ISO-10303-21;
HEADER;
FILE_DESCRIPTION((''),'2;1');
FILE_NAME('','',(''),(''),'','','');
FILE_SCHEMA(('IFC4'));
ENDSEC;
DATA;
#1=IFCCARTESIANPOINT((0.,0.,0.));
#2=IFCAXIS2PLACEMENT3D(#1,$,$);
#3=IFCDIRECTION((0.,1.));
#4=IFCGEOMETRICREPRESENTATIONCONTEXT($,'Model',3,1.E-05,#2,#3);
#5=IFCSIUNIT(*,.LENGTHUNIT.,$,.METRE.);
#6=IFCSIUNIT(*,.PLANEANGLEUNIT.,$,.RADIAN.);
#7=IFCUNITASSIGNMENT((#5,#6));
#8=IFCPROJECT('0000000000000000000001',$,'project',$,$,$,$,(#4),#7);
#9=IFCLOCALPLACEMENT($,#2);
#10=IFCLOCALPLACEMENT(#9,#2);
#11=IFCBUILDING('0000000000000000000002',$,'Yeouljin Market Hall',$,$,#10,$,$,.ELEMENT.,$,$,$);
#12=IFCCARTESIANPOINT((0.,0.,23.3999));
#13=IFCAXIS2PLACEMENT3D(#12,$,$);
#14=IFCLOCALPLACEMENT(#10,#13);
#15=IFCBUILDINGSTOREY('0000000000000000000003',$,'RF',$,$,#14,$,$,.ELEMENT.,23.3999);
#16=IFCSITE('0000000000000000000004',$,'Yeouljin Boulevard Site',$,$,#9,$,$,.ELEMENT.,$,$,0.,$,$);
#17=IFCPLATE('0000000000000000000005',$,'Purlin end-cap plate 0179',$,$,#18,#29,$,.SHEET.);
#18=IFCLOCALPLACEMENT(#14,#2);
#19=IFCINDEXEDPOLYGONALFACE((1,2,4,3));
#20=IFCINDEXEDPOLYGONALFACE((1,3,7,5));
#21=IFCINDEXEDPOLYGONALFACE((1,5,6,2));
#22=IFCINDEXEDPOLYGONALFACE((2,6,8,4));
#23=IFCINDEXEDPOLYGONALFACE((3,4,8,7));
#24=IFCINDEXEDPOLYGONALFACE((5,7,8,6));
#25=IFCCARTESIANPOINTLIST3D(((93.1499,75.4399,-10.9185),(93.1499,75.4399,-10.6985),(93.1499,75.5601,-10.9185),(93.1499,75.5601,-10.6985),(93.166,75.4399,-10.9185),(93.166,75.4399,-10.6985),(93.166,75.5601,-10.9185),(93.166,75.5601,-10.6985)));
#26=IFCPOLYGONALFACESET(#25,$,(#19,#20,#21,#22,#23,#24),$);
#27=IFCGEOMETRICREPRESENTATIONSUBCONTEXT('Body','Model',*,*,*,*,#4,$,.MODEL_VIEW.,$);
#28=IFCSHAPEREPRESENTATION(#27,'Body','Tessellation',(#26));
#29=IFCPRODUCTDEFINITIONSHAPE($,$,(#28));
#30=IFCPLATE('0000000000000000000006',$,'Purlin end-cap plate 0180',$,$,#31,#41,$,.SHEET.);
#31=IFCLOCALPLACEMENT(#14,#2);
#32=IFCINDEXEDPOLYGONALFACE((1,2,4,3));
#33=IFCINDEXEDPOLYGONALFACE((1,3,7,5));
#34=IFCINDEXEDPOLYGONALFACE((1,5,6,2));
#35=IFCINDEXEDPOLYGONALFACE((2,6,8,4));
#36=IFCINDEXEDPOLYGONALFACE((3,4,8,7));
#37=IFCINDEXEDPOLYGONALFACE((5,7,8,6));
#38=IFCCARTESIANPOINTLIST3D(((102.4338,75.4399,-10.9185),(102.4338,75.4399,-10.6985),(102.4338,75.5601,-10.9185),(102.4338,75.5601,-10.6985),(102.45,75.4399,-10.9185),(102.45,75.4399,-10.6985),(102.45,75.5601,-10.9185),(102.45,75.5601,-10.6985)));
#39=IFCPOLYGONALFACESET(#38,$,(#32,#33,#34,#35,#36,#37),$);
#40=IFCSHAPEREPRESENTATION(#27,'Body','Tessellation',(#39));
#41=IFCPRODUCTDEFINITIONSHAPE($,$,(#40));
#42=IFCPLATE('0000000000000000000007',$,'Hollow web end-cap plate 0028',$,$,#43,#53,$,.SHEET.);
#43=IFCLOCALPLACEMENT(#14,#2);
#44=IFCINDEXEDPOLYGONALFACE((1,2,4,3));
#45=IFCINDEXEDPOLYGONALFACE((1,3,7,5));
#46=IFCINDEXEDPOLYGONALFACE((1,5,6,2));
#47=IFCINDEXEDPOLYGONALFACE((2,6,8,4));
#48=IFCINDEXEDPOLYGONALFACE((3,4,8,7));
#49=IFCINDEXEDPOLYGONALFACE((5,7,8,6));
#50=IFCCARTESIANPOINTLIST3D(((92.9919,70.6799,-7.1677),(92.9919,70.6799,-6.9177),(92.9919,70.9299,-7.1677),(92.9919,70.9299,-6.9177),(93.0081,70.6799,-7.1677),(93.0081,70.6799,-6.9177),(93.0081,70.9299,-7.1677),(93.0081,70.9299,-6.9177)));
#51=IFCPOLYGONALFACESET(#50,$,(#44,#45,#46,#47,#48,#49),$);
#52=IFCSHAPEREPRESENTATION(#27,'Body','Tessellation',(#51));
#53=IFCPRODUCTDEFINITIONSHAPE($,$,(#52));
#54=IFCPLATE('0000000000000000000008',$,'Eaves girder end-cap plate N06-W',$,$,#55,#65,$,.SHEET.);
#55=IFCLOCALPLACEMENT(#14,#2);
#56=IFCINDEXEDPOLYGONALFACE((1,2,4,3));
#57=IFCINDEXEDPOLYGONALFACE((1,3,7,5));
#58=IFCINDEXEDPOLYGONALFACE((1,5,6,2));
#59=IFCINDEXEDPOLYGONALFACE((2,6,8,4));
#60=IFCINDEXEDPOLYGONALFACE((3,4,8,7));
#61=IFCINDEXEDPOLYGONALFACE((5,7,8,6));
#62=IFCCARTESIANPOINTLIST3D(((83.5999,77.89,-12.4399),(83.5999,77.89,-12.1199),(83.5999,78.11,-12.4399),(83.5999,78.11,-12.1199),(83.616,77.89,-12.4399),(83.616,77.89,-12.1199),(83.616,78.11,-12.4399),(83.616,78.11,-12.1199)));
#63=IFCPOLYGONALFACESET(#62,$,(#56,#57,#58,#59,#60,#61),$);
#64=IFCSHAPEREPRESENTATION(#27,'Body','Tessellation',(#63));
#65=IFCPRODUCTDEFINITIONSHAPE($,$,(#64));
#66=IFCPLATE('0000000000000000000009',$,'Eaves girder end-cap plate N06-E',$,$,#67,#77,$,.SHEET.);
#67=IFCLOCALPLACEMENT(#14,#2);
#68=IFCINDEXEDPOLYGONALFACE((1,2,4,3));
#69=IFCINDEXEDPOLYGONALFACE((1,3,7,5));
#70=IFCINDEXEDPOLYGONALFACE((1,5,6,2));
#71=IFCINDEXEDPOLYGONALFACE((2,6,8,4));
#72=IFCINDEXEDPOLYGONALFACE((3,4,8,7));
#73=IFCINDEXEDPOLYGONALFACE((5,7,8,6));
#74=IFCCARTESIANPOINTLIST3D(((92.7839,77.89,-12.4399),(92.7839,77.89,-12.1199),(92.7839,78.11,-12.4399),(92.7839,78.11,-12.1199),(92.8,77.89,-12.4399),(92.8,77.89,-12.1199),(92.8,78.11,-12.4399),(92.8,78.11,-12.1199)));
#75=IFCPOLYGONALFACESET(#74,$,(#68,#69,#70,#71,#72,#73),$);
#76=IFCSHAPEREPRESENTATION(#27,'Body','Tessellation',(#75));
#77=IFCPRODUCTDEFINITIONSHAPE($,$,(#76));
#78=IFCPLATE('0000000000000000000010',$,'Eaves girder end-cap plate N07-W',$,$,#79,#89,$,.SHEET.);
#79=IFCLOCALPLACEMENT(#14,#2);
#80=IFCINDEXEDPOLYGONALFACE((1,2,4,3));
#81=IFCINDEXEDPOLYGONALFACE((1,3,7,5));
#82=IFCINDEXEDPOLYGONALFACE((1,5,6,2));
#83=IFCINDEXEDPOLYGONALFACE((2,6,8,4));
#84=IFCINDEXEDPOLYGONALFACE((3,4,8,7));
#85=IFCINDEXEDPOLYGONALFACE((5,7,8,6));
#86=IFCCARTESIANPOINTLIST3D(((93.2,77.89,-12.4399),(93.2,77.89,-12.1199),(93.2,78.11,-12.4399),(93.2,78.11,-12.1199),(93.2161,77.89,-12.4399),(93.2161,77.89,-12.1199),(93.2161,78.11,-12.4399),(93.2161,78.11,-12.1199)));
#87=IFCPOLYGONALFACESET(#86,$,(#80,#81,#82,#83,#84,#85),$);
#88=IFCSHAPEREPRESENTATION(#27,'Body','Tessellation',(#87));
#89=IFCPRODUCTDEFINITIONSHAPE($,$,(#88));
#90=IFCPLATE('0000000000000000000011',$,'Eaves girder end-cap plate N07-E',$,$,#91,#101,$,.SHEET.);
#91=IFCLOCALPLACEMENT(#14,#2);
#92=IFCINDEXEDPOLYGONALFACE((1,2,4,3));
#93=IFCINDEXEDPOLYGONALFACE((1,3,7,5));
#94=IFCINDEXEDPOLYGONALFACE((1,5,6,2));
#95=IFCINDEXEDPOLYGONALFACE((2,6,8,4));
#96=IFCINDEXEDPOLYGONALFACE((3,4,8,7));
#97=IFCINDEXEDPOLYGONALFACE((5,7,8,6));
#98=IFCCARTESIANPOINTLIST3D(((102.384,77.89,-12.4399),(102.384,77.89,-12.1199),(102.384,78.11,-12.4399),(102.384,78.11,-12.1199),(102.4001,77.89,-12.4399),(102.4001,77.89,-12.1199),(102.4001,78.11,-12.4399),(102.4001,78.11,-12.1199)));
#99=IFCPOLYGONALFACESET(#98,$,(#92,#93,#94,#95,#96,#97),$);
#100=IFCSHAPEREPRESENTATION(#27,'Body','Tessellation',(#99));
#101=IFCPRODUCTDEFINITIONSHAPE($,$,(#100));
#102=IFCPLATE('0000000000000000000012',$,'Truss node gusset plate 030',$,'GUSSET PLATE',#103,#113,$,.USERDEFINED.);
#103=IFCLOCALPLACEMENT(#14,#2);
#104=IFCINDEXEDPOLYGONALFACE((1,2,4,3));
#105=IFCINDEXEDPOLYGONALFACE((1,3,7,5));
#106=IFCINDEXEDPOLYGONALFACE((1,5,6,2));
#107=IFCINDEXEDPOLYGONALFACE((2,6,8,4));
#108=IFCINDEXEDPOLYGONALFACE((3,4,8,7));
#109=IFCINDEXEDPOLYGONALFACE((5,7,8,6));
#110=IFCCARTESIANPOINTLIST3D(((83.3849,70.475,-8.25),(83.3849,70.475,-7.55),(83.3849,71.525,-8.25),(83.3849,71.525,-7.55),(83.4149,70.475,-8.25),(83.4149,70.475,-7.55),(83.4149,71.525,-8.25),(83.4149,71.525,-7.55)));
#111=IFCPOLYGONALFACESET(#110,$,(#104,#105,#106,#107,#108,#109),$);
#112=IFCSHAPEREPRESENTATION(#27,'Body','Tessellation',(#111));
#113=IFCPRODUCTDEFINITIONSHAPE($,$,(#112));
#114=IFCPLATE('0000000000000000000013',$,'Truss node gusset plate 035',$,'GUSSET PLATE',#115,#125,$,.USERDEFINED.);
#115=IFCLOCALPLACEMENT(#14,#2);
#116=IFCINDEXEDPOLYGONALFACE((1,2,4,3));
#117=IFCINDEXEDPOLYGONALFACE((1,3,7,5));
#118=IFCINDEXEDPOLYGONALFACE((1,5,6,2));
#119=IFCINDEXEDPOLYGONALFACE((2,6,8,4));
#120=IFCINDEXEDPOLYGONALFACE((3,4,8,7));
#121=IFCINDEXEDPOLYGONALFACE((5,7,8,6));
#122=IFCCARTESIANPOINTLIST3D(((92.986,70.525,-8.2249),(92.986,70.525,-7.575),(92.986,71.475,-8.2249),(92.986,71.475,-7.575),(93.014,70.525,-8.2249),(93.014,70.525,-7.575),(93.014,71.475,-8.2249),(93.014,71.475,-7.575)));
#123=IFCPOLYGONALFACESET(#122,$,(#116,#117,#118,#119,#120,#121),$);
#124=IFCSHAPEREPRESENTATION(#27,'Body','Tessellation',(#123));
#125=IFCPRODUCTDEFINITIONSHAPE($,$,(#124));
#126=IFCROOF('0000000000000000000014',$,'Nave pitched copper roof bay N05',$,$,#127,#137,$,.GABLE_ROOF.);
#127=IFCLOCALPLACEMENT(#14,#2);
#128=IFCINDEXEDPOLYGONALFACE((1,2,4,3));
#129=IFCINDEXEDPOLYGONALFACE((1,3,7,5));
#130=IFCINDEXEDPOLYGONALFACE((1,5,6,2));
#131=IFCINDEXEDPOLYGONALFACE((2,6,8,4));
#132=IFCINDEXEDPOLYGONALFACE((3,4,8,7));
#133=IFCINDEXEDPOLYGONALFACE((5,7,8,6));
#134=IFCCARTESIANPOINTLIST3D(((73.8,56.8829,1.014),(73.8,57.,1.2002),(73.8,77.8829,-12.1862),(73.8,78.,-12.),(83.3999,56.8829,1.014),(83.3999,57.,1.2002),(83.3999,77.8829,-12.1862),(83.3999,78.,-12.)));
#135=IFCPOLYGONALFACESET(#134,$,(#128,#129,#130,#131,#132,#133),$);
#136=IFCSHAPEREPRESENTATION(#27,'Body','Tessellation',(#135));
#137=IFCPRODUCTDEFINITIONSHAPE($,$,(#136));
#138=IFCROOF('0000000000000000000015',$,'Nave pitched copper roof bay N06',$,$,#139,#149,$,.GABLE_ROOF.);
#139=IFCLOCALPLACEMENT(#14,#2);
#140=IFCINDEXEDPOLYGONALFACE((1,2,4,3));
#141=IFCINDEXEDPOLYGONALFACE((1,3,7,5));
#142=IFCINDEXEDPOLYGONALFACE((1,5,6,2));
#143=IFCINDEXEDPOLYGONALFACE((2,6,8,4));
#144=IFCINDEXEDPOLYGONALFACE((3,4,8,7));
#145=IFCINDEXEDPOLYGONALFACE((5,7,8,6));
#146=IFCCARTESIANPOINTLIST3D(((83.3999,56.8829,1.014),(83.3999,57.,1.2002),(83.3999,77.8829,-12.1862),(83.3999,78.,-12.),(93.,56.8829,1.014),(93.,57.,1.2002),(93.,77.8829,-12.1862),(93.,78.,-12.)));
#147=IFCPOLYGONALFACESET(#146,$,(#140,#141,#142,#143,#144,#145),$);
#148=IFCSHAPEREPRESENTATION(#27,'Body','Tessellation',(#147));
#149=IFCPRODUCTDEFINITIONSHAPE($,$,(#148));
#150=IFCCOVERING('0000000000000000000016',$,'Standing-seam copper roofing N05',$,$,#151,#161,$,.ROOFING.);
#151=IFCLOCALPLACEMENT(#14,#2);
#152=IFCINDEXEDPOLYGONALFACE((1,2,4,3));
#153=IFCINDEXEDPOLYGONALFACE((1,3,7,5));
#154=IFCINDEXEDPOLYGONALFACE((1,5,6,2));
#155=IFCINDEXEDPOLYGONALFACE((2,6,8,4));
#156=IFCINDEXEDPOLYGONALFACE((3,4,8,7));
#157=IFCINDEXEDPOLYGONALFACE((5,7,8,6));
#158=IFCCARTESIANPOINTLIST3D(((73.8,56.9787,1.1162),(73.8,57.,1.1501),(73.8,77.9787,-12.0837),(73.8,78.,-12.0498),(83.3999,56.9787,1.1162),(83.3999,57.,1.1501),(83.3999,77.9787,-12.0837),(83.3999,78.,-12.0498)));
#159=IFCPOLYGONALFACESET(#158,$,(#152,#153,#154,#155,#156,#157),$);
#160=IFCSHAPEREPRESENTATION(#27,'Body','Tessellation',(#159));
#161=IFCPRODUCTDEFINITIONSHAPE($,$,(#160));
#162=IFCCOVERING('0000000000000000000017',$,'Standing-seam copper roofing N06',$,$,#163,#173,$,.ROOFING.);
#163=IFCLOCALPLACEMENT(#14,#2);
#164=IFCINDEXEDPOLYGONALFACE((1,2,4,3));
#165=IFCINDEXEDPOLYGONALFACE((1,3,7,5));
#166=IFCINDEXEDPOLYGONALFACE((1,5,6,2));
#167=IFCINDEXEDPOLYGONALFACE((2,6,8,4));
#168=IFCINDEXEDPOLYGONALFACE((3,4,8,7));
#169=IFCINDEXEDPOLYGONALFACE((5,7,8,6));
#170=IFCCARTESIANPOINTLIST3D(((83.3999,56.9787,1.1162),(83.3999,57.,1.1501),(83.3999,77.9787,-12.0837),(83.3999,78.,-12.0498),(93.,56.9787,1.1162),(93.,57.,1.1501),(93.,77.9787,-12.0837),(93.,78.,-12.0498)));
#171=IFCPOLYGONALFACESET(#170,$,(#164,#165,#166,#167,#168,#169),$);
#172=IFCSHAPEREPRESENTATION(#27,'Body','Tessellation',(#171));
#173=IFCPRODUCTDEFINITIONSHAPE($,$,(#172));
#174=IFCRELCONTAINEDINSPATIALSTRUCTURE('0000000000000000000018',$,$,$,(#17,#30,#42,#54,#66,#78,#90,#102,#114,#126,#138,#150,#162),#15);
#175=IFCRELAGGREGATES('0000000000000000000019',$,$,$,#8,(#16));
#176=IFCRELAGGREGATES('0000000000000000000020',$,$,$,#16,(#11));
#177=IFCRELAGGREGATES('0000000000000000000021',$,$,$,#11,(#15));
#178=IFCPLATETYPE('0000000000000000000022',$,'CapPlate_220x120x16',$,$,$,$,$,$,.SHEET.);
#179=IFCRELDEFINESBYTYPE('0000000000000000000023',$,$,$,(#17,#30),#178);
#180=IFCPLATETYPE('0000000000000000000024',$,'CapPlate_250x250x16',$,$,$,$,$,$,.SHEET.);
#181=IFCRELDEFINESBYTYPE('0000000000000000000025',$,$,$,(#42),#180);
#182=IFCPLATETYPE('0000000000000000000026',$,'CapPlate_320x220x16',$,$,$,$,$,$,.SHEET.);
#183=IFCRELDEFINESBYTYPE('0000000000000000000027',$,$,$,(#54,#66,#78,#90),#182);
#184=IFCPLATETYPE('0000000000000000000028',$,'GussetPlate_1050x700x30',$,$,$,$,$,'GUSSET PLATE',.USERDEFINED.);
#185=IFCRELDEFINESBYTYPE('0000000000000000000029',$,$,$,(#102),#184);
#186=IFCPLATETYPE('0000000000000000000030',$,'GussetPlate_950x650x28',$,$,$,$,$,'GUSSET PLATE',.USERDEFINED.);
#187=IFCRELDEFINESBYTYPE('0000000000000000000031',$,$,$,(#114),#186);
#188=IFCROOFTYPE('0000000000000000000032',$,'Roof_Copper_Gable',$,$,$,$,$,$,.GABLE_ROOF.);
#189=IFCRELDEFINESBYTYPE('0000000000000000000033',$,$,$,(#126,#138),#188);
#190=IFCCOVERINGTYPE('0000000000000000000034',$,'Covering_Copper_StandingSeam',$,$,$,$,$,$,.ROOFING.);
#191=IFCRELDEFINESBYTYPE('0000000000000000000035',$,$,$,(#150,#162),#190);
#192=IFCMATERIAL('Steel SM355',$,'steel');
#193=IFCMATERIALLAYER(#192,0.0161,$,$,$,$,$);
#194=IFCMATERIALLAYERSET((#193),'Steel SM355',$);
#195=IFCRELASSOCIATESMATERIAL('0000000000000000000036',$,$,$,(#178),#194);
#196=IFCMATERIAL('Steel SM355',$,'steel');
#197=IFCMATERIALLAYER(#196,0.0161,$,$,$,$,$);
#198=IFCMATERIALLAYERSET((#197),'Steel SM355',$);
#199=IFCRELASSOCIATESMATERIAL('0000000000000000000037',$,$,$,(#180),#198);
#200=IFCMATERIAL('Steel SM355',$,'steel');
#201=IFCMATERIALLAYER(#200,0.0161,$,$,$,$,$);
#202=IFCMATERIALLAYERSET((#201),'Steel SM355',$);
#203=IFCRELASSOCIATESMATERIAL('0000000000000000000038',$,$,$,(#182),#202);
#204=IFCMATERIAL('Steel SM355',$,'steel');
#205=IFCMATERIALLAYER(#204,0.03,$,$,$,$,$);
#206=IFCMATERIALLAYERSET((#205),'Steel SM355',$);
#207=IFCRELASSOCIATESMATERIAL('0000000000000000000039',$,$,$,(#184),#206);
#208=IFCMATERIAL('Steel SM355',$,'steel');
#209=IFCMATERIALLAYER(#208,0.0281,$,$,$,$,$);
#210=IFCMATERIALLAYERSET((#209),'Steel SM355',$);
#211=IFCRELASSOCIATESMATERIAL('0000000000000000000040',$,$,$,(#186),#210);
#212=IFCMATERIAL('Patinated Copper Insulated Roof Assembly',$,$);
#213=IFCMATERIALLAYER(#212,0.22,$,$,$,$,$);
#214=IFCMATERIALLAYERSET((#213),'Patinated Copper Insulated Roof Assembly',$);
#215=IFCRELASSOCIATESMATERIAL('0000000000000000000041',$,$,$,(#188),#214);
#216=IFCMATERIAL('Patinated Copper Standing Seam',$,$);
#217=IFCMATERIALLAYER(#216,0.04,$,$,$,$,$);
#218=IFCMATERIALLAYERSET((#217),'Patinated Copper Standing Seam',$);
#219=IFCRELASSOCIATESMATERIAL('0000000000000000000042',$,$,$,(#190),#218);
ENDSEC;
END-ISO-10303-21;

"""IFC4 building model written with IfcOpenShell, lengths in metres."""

from ifc_helpers import new_model, si_unit, direction, frame, origin, origin_2d, place, context, subcontext, project, spatial, polyline, rectangle, outline, extrude, material, layer, layer_set, type_object, element, save


model = new_model("IFC4")

# Units and contexts
model_context = context("Model", 3, precision=1e-05, world=origin(), true_north=direction((0.0, 1.0)))
body_context = subcontext(model_context, "Body", "Model", "MODEL_VIEW")
ifc_project = project(units=[si_unit("LENGTHUNIT", "METRE"), si_unit("PLANEANGLEUNIT", "RADIAN")], contexts=[model_context])

# Site, building, storey
site_placement = place(None, origin())
site = spatial("IfcSite", under=ifc_project, at=site_placement, Name="Yeouljin Boulevard Site", CompositionType="ELEMENT", RefElevation=0.0)
building_placement = place(site_placement, origin())
building = spatial("IfcBuilding", under=site, at=building_placement, Name="Yeouljin Market Hall", CompositionType="ELEMENT")
storey_placement = place(building_placement, frame((0.0, 0.0, 23.3999)))
storey = spatial("IfcBuildingStorey", under=building, at=storey_placement, Name="RF", CompositionType="ELEMENT", Elevation=23.3999)

# Plates
ifc_material_1 = material(Name="Steel SM355", Category="steel")
ifc_layer_1 = layer(ifc_material_1, 0.0161)
ifc_layer_set_1 = layer_set([ifc_layer_1], Name="Steel SM355")
plate_type_1 = type_object("IfcPlateType", Name="CapPlate_220x120x16", PredefinedType="SHEET", material=ifc_layer_set_1)
for number, where, z_axis, x_axis, name in (
    (1, (93.158, 75.5, -10.9185), (0.0, 0.0, 1.0), (0.0, 1.0, 0.0), "Purlin end-cap plate 0179"),
    (2, (102.4419, 75.5, -10.9185), (0.0, 0.0, 1.0), (0.0, 1.0, 0.0), "Purlin end-cap plate 0180"),
):
    element("IfcPlate", number, at=place(storey_placement, frame(where, z_axis=z_axis, x_axis=x_axis)), inside=storey, type_object=plate_type_1, Name=name, PredefinedType="SHEET", context=body_context, shape_type="SweptSolid", body=[
        extrude(rectangle(XDim=0.1201, YDim=0.0161, at=origin_2d()), origin(), (0.0, 0.0, 1.0), 0.22),
    ])
ifc_material_2 = material(Name="Steel SM355", Category="steel")
ifc_layer_2 = layer(ifc_material_2, 0.0161)
ifc_layer_set_2 = layer_set([ifc_layer_2], Name="Steel SM355")
plate_type_2 = type_object("IfcPlateType", Name="CapPlate_250x250x16", PredefinedType="SHEET", material=ifc_layer_set_2)
plate_1_placement = place(storey_placement, frame((93.0, 70.8049, -7.1677), z_axis=(0.0, 0.0, 1.0), x_axis=(0.0, 1.0, 0.0)))
element("IfcPlate", 3, at=plate_1_placement, inside=storey, type_object=plate_type_2, Name="Hollow web end-cap plate 0028", PredefinedType="SHEET", context=body_context, shape_type="SweptSolid", body=[
    extrude(rectangle(XDim=0.25, YDim=0.0161, at=origin_2d()), origin(), (0.0, 0.0, 1.0), 0.25),
])
ifc_material_3 = material(Name="Steel SM355", Category="steel")
ifc_layer_3 = layer(ifc_material_3, 0.0161)
ifc_layer_set_3 = layer_set([ifc_layer_3], Name="Steel SM355")
plate_type_3 = type_object("IfcPlateType", Name="CapPlate_320x220x16", PredefinedType="SHEET", material=ifc_layer_set_3)
for number, where, z_axis, x_axis, name in (
    (4, (83.6079, 78.0, -12.4399), (0.0, 0.0, 1.0), (0.0, 1.0, 0.0), "Eaves girder end-cap plate N06-W"),
    (5, (92.792, 78.0, -12.4399), (0.0, 0.0, 1.0), (0.0, 1.0, 0.0), "Eaves girder end-cap plate N06-E"),
    (6, (93.208, 78.0, -12.4399), (0.0, 0.0, 1.0), (0.0, 1.0, 0.0), "Eaves girder end-cap plate N07-W"),
    (7, (102.3921, 78.0, -12.4399), (0.0, 0.0, 1.0), (0.0, 1.0, 0.0), "Eaves girder end-cap plate N07-E"),
):
    element("IfcPlate", number, at=place(storey_placement, frame(where, z_axis=z_axis, x_axis=x_axis)), inside=storey, type_object=plate_type_3, Name=name, PredefinedType="SHEET", context=body_context, shape_type="SweptSolid", body=[
        extrude(rectangle(XDim=0.22, YDim=0.0161, at=origin_2d()), origin(), (0.0, 0.0, 1.0), 0.3201),
    ])
ifc_material_4 = material(Name="Steel SM355", Category="steel")
ifc_layer_4 = layer(ifc_material_4, 0.03)
ifc_layer_set_4 = layer_set([ifc_layer_4], Name="Steel SM355")
plate_type_4 = type_object("IfcPlateType", Name="GussetPlate_1050x700x30", ElementType="GUSSET PLATE", PredefinedType="USERDEFINED", material=ifc_layer_set_4)
plate_2_placement = place(storey_placement, frame((83.3999, 71.0, -8.25), z_axis=(0.0, 0.0, 1.0), x_axis=(0.0, 1.0, 0.0)))
element("IfcPlate", 8, at=plate_2_placement, inside=storey, type_object=plate_type_4, Name="Truss node gusset plate 030", ObjectType="GUSSET PLATE", PredefinedType="USERDEFINED", context=body_context, shape_type="SweptSolid", body=[
    extrude(rectangle(XDim=1.05, YDim=0.03, at=origin_2d()), origin(), (0.0, 0.0, 1.0), 0.7),
])
ifc_material_5 = material(Name="Steel SM355", Category="steel")
ifc_layer_5 = layer(ifc_material_5, 0.0281)
ifc_layer_set_5 = layer_set([ifc_layer_5], Name="Steel SM355")
plate_type_5 = type_object("IfcPlateType", Name="GussetPlate_950x650x28", ElementType="GUSSET PLATE", PredefinedType="USERDEFINED", material=ifc_layer_set_5)
plate_3_placement = place(storey_placement, frame((93.0, 71.0, -8.2249), z_axis=(0.0, 0.0, 1.0), x_axis=(0.0, 1.0, 0.0)))
element("IfcPlate", 9, at=plate_3_placement, inside=storey, type_object=plate_type_5, Name="Truss node gusset plate 035", ObjectType="GUSSET PLATE", PredefinedType="USERDEFINED", context=body_context, shape_type="SweptSolid", body=[
    extrude(rectangle(XDim=0.95, YDim=0.0281, at=origin_2d()), origin(), (0.0, 0.0, 1.0), 0.6499),
])

# Roofs
ifc_material_6 = material(Name="Patinated Copper Insulated Roof Assembly")
ifc_layer_6 = layer(ifc_material_6, 0.22)
ifc_layer_set_6 = layer_set([ifc_layer_6], Name="Patinated Copper Insulated Roof Assembly")
roof_type = type_object("IfcRoofType", Name="Roof_Copper_Gable", PredefinedType="GABLE_ROOF", material=ifc_layer_set_6)
roof_1_placement = place(storey_placement, frame((83.3999, 78.0, -12.0), z_axis=(0.0, 0.532177, 0.846633), x_axis=(-1.0, 0.0, 0.0)))
element("IfcRoof", 10, at=roof_1_placement, inside=storey, type_object=roof_type, Name="Nave pitched copper roof bay N05", PredefinedType="GABLE_ROOF", context=body_context, shape_type="SweptSolid", body=[
    extrude(outline(polyline([(0.0, 0.0), (9.5999, 0.0), (9.5999, 24.8041), (0.0, 24.8041), (0.0, 0.0)])), origin(), (0.0, 0.0, -1.0), 0.22),
])
roof_2_placement = place(storey_placement, frame((93.0, 78.0, -12.0), z_axis=(0.0, 0.532177, 0.846633), x_axis=(-1.0, 0.0, 0.0)))
element("IfcRoof", 11, at=roof_2_placement, inside=storey, type_object=roof_type, Name="Nave pitched copper roof bay N06", PredefinedType="GABLE_ROOF", context=body_context, shape_type="SweptSolid", body=[
    extrude(outline(polyline([(0.0, 0.0), (9.6001, 0.0), (9.6001, 24.8041), (0.0, 24.8041), (0.0, 0.0)])), origin(), (0.0, 0.0, -1.0), 0.22),
])

# Coverings
ifc_material_7 = material(Name="Patinated Copper Standing Seam")
ifc_layer_7 = layer(ifc_material_7, 0.04)
ifc_layer_set_7 = layer_set([ifc_layer_7], Name="Patinated Copper Standing Seam")
covering_type = type_object("IfcCoveringType", Name="Covering_Copper_StandingSeam", PredefinedType="ROOFING", material=ifc_layer_set_7)
covering_1_placement = place(storey_placement, frame((83.3999, 78.0, -12.0498), z_axis=(0.0, 0.53217, 0.846637), x_axis=(-1.0, 0.0, 0.0)))
element("IfcCovering", 12, at=covering_1_placement, inside=storey, type_object=covering_type, Name="Standing-seam copper roofing N05", PredefinedType="ROOFING", context=body_context, shape_type="SweptSolid", body=[
    extrude(outline(polyline([(0.0, 0.0), (9.5999, 0.0), (9.5999, 24.804), (0.0, 24.804), (0.0, 0.0)])), origin(), (0.0, 0.0, -1.0), 0.04),
])
covering_2_placement = place(storey_placement, frame((93.0, 78.0, -12.0498), z_axis=(0.0, 0.53217, 0.846637), x_axis=(-1.0, 0.0, 0.0)))
element("IfcCovering", 13, at=covering_2_placement, inside=storey, type_object=covering_type, Name="Standing-seam copper roofing N06", PredefinedType="ROOFING", context=body_context, shape_type="SweptSolid", body=[
    extrude(outline(polyline([(0.0, 0.0), (9.6001, 0.0), (9.6001, 24.804), (0.0, 24.804), (0.0, 0.0)])), origin(), (0.0, 0.0, -1.0), 0.04),
])

save(model, "model.ifc")
